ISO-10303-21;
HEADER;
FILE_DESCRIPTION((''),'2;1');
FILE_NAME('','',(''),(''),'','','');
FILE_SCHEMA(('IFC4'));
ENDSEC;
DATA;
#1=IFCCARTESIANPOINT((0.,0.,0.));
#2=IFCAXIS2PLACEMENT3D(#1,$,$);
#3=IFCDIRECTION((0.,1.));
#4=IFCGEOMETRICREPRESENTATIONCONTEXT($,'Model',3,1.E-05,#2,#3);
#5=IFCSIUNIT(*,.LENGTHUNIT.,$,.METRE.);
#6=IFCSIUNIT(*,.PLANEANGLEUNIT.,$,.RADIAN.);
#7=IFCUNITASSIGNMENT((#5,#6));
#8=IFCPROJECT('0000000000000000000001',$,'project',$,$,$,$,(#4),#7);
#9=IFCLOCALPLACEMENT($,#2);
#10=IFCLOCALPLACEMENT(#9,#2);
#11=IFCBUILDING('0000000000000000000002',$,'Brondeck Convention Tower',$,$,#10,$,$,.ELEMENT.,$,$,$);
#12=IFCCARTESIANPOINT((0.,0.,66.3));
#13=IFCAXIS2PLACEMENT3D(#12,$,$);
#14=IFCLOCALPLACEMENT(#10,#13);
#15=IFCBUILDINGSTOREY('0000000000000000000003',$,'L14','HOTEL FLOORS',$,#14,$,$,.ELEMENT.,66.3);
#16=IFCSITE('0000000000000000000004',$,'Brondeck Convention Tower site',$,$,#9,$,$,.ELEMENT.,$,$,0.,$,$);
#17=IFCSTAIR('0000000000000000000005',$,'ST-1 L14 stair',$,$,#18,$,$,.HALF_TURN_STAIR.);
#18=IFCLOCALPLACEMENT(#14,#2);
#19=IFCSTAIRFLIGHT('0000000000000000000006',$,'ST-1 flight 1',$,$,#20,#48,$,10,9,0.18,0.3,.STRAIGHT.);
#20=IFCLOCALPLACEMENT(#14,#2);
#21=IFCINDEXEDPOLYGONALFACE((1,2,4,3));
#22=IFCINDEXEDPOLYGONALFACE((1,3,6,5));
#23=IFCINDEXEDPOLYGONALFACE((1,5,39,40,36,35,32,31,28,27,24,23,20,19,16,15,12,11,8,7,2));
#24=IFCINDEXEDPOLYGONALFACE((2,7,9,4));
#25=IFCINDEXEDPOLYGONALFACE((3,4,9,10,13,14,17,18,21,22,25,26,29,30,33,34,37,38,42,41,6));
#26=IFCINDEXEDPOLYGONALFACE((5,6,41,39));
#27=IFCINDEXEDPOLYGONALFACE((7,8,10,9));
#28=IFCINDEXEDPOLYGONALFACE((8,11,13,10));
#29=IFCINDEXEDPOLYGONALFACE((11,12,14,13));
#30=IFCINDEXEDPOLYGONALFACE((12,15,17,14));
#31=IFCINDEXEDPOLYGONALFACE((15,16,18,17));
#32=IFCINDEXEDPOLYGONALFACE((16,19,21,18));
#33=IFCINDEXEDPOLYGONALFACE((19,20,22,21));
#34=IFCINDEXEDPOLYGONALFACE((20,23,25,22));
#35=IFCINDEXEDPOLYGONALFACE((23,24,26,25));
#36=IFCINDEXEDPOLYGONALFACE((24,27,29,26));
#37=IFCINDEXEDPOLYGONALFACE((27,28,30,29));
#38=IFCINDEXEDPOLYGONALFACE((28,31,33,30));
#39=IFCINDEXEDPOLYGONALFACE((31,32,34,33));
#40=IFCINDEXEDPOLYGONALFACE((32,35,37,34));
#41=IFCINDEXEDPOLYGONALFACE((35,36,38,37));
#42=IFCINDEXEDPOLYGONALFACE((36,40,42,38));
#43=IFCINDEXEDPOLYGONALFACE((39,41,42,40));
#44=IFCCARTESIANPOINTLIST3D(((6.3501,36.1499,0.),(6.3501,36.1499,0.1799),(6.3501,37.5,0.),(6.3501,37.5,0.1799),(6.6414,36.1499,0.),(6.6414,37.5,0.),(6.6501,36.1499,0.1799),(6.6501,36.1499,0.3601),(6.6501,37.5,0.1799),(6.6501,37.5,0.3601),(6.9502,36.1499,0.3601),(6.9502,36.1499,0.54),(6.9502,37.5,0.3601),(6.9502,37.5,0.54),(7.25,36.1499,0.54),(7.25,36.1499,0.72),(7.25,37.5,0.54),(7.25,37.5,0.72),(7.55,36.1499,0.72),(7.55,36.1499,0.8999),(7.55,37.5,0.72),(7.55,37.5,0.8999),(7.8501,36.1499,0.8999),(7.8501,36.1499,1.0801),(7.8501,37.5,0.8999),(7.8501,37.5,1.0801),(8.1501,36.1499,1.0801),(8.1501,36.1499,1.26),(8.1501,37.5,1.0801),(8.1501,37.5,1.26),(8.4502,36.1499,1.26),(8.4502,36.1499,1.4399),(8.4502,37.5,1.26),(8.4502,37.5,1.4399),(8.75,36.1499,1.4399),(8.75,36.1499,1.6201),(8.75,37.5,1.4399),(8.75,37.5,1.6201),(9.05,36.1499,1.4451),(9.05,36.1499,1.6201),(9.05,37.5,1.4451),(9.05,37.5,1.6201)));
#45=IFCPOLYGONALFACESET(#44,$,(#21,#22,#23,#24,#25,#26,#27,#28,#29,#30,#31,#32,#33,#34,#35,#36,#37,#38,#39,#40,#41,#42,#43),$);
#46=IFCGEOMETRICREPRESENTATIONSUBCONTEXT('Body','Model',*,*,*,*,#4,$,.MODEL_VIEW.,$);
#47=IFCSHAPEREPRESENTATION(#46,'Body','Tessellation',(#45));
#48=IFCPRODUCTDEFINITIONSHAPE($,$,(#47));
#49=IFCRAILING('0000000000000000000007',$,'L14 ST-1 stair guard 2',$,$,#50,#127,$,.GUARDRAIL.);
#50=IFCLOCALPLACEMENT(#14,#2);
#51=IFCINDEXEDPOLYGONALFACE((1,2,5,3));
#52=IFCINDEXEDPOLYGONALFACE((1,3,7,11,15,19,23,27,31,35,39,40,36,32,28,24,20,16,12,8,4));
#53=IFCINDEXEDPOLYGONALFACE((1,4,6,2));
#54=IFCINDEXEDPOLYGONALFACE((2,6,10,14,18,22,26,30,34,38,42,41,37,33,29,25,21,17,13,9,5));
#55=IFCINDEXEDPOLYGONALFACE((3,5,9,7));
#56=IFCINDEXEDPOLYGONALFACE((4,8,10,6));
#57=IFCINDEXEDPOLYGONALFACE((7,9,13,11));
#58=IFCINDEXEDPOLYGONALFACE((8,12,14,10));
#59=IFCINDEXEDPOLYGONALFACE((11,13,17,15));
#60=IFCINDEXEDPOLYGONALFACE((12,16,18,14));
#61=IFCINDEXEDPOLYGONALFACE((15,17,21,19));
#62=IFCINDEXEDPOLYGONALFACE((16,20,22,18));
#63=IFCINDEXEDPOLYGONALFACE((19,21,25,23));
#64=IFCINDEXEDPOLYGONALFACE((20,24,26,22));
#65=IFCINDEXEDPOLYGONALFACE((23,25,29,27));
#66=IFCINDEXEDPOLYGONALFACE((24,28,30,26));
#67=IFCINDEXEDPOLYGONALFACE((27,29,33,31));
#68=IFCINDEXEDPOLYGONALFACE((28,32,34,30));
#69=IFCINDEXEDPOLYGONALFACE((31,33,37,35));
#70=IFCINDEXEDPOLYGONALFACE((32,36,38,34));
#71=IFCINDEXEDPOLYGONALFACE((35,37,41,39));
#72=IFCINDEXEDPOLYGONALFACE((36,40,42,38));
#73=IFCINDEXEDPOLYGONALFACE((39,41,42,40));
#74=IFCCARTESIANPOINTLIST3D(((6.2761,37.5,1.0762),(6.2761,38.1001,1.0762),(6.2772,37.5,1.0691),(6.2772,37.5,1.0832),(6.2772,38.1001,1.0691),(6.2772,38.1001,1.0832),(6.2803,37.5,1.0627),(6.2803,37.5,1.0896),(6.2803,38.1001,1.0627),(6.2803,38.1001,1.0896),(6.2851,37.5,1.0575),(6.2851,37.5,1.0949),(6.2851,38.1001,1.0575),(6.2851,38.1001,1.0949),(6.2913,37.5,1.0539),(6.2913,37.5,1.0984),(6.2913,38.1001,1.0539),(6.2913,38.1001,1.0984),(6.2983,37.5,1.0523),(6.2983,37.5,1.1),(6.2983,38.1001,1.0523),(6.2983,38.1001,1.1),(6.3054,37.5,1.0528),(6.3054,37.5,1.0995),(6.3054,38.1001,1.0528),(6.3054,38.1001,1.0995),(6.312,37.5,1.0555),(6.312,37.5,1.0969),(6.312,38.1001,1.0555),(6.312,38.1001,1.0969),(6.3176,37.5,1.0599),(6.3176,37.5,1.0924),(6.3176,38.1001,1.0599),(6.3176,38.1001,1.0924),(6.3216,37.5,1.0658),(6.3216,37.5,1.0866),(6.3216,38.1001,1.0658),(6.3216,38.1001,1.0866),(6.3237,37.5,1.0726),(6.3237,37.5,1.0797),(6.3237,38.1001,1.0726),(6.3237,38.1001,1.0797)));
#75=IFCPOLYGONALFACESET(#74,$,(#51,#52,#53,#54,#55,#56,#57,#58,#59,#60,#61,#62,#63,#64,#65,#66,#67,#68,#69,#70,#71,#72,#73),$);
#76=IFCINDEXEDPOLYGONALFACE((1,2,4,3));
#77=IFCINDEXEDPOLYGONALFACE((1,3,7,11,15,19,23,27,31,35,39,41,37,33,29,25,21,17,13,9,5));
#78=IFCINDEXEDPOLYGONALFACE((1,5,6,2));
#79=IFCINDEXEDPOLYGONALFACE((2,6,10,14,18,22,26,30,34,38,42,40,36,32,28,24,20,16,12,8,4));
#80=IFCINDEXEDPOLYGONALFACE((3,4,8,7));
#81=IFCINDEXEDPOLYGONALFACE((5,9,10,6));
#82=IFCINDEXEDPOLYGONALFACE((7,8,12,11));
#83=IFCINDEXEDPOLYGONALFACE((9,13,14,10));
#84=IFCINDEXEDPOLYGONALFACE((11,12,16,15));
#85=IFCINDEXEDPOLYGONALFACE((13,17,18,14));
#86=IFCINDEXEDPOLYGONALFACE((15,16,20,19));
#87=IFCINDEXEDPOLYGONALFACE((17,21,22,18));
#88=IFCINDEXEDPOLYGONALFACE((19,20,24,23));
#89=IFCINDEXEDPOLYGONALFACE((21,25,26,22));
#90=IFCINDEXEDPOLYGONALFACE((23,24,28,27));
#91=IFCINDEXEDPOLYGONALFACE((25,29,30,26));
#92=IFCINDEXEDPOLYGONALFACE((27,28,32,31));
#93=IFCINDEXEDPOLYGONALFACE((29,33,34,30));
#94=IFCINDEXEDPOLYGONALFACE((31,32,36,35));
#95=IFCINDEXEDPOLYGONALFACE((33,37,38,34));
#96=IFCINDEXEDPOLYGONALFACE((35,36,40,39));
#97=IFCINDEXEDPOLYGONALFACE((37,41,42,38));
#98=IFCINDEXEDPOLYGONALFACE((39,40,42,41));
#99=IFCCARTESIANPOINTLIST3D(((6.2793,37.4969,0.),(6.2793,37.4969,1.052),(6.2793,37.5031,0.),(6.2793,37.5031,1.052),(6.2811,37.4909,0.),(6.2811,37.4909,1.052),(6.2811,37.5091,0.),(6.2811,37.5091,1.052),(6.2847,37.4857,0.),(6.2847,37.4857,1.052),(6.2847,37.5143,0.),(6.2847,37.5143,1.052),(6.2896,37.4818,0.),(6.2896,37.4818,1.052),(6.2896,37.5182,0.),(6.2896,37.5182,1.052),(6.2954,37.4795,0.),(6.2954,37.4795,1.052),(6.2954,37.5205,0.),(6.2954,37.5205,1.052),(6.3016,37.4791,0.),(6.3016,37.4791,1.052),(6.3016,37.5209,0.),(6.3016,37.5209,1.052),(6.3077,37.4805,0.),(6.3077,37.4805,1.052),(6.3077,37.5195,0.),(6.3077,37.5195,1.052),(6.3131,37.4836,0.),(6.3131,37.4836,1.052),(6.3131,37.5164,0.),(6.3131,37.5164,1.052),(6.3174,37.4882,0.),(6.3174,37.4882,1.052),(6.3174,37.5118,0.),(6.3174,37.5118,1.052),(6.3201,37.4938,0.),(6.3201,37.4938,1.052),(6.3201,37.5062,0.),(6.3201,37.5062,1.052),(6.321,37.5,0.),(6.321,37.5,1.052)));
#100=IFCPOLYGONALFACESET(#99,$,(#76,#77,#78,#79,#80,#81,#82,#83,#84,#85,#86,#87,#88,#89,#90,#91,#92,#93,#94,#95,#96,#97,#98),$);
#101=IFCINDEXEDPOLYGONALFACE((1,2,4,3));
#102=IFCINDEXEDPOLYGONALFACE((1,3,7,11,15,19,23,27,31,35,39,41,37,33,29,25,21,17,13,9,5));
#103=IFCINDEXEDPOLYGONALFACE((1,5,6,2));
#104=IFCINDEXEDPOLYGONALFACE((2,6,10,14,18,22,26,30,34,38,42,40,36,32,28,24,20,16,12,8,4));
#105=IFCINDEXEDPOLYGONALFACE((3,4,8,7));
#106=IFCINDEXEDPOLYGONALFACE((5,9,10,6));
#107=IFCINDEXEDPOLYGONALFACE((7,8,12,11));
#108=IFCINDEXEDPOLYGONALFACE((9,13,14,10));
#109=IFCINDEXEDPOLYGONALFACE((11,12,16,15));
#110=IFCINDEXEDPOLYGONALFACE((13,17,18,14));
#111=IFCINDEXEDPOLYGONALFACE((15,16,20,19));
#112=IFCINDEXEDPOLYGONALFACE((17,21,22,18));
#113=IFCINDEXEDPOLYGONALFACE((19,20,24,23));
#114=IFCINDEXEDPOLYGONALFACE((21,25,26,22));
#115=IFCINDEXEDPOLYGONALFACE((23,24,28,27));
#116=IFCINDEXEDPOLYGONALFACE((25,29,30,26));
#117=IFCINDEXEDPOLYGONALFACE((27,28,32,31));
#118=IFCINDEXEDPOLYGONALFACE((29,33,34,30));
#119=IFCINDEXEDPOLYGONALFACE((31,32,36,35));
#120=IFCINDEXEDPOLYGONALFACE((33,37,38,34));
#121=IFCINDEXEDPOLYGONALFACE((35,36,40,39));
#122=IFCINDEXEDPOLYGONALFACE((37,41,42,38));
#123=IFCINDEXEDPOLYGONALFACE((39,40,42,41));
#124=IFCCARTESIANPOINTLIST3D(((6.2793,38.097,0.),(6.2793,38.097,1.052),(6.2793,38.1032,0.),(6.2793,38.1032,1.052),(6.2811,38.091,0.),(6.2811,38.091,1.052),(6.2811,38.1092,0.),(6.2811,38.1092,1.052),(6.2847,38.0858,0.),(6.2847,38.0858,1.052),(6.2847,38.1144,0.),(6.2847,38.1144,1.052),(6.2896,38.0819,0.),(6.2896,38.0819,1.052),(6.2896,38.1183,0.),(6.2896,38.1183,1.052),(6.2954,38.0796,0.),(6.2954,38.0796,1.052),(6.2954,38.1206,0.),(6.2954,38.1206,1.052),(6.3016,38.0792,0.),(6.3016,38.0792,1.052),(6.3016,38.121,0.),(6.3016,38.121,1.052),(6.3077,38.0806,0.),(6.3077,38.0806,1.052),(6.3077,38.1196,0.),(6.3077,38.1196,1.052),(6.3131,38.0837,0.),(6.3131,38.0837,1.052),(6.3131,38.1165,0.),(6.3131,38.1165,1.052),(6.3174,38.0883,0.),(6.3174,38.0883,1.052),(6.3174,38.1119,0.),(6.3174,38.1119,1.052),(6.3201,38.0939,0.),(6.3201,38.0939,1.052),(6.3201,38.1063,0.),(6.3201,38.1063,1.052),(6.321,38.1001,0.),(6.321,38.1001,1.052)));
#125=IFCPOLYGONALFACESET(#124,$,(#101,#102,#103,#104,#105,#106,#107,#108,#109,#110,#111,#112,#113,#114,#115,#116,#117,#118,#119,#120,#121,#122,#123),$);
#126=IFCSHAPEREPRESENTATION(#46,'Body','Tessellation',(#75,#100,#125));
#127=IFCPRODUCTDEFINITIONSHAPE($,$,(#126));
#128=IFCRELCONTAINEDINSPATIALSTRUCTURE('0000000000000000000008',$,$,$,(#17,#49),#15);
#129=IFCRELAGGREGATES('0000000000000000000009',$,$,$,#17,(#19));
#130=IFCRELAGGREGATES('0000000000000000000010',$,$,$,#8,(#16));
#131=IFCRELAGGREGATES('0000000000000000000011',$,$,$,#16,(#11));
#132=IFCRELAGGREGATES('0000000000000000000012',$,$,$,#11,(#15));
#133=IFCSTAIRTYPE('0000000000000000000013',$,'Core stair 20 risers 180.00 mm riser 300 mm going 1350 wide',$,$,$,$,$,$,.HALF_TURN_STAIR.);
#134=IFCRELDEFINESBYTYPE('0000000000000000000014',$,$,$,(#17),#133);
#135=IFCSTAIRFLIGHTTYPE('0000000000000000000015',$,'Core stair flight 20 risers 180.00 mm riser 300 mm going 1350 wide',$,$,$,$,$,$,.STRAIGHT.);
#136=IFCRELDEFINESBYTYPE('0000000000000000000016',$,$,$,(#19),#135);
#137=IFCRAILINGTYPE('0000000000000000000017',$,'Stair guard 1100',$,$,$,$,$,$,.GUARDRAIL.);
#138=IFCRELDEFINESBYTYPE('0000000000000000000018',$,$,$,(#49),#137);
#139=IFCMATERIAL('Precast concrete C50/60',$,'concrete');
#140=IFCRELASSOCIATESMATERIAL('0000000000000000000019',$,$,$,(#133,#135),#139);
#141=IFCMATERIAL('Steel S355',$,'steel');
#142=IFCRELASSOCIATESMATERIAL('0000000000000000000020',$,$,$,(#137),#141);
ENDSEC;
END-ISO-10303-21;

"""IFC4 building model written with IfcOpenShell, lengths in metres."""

from ifc_helpers import new_model, si_unit, direction, frame, origin, origin_2d, place, context, subcontext, project, spatial, polyline, circle, outline, extrude, material, type_object, element, aggregate, save


model = new_model("IFC4")

# Units and contexts
model_context = context("Model", 3, precision=1e-05, world=origin(), true_north=direction((0.0, 1.0)))
body_context = subcontext(model_context, "Body", "Model", "MODEL_VIEW")
ifc_project = project(units=[si_unit("LENGTHUNIT", "METRE"), si_unit("PLANEANGLEUNIT", "RADIAN")], contexts=[model_context])

# Site, building, storey
site_placement = place(None, origin())
site = spatial("IfcSite", under=ifc_project, at=site_placement, Name="Brondeck Convention Tower site", CompositionType="ELEMENT", RefElevation=0.0)
building_placement = place(site_placement, origin())
building = spatial("IfcBuilding", under=site, at=building_placement, Name="Brondeck Convention Tower", CompositionType="ELEMENT")
storey_placement = place(building_placement, frame((0.0, 0.0, 66.3)))
storey = spatial("IfcBuildingStorey", under=building, at=storey_placement, Name="L14", Description="HOTEL FLOORS", CompositionType="ELEMENT", Elevation=66.3)

# Stair, stair flight
ifc_material_1 = material(Name="Precast concrete C50/60", Category="concrete")
stair_type = type_object("IfcStairType", Name="Core stair 20 risers 180.00 mm riser 300 mm going 1350 wide", PredefinedType="HALF_TURN_STAIR", material=ifc_material_1)
stair_placement = place(storey_placement, origin())
stair = element("IfcStair", 1, at=stair_placement, inside=storey, type_object=stair_type, Name="ST-1 L14 stair", PredefinedType="HALF_TURN_STAIR")
stair_flight_type = type_object("IfcStairFlightType", Name="Core stair flight 20 risers 180.00 mm riser 300 mm going 1350 wide", PredefinedType="STRAIGHT", material=ifc_material_1)
stair_flight_placement = place(storey_placement, frame((6.3501, 36.825, 0.0), z_axis=(0.0, 0.0, 1.0), x_axis=(1.0, 0.0, 0.0)))
stair_flight = element("IfcStairFlight", 2, at=stair_flight_placement, type_object=stair_flight_type, Name="ST-1 flight 1", NumberOfRisers=10, NumberOfTreads=9, PredefinedType="STRAIGHT", RiserHeight=0.18, TreadLength=0.3, context=body_context, shape_type="SweptSolid", body=[
    extrude(outline(polyline([(0.0, 0.0), (0.0, 0.1799), (0.3, 0.1799), (0.3, 0.3601), (0.6001, 0.3601), (0.6001, 0.54), (0.8999, 0.54), (0.8999, 0.72), (1.2, 0.72), (1.2, 0.8999), (1.5, 0.8999), (1.5, 1.0801), (1.8, 1.0801), (1.8, 1.26), (2.1001, 1.26), (2.1001, 1.4399), (2.3999, 1.4399), (2.3999, 1.6201), (2.7, 1.6201), (2.7, 1.8), (2.7, 1.4451), (0.2913, 0.0), (0.0, 0.0)])), frame((0.0, 0.675, 0.0), z_axis=(0.0, -1.0, 0.0), x_axis=(1.0, 0.0, 0.0)), (0.0, 0.0, 1.0), 1.3501),
])
aggregate(stair, [stair_flight])

# Railing
ifc_material_2 = material(Name="Steel S355", Category="steel")
railing_type_1 = type_object("IfcRailingType", Name="Stair guard 1100", PredefinedType="GUARDRAIL", material=ifc_material_2)
railing_1_placement = place(storey_placement, frame((6.3, 37.5, 0.0)))
element("IfcRailing", 3, at=railing_1_placement, inside=storey, type_object=railing_type_1, Name="L14 ST-1 stair guard 2", PredefinedType="GUARDRAIL", context=body_context, shape_type="SweptSolid", body=[
    extrude(circle(Radius=0.0239, at=origin_2d()), frame((0.0, 0.0, 1.0762), z_axis=(0.0, 1.0, 0.0), x_axis=(-1.0, 0.0, 0.0)), (0.0, 0.0, 1.0), 0.6001),
    extrude(circle(Radius=0.021, at=origin_2d()), origin(), (0.0, 0.0, 1.0), 1.052),
    extrude(circle(Radius=0.021, at=origin_2d()), frame((0.0, 0.6001, 0.0)), (0.0, 0.0, 1.0), 1.052),
])

save(model, "model.ifc")
